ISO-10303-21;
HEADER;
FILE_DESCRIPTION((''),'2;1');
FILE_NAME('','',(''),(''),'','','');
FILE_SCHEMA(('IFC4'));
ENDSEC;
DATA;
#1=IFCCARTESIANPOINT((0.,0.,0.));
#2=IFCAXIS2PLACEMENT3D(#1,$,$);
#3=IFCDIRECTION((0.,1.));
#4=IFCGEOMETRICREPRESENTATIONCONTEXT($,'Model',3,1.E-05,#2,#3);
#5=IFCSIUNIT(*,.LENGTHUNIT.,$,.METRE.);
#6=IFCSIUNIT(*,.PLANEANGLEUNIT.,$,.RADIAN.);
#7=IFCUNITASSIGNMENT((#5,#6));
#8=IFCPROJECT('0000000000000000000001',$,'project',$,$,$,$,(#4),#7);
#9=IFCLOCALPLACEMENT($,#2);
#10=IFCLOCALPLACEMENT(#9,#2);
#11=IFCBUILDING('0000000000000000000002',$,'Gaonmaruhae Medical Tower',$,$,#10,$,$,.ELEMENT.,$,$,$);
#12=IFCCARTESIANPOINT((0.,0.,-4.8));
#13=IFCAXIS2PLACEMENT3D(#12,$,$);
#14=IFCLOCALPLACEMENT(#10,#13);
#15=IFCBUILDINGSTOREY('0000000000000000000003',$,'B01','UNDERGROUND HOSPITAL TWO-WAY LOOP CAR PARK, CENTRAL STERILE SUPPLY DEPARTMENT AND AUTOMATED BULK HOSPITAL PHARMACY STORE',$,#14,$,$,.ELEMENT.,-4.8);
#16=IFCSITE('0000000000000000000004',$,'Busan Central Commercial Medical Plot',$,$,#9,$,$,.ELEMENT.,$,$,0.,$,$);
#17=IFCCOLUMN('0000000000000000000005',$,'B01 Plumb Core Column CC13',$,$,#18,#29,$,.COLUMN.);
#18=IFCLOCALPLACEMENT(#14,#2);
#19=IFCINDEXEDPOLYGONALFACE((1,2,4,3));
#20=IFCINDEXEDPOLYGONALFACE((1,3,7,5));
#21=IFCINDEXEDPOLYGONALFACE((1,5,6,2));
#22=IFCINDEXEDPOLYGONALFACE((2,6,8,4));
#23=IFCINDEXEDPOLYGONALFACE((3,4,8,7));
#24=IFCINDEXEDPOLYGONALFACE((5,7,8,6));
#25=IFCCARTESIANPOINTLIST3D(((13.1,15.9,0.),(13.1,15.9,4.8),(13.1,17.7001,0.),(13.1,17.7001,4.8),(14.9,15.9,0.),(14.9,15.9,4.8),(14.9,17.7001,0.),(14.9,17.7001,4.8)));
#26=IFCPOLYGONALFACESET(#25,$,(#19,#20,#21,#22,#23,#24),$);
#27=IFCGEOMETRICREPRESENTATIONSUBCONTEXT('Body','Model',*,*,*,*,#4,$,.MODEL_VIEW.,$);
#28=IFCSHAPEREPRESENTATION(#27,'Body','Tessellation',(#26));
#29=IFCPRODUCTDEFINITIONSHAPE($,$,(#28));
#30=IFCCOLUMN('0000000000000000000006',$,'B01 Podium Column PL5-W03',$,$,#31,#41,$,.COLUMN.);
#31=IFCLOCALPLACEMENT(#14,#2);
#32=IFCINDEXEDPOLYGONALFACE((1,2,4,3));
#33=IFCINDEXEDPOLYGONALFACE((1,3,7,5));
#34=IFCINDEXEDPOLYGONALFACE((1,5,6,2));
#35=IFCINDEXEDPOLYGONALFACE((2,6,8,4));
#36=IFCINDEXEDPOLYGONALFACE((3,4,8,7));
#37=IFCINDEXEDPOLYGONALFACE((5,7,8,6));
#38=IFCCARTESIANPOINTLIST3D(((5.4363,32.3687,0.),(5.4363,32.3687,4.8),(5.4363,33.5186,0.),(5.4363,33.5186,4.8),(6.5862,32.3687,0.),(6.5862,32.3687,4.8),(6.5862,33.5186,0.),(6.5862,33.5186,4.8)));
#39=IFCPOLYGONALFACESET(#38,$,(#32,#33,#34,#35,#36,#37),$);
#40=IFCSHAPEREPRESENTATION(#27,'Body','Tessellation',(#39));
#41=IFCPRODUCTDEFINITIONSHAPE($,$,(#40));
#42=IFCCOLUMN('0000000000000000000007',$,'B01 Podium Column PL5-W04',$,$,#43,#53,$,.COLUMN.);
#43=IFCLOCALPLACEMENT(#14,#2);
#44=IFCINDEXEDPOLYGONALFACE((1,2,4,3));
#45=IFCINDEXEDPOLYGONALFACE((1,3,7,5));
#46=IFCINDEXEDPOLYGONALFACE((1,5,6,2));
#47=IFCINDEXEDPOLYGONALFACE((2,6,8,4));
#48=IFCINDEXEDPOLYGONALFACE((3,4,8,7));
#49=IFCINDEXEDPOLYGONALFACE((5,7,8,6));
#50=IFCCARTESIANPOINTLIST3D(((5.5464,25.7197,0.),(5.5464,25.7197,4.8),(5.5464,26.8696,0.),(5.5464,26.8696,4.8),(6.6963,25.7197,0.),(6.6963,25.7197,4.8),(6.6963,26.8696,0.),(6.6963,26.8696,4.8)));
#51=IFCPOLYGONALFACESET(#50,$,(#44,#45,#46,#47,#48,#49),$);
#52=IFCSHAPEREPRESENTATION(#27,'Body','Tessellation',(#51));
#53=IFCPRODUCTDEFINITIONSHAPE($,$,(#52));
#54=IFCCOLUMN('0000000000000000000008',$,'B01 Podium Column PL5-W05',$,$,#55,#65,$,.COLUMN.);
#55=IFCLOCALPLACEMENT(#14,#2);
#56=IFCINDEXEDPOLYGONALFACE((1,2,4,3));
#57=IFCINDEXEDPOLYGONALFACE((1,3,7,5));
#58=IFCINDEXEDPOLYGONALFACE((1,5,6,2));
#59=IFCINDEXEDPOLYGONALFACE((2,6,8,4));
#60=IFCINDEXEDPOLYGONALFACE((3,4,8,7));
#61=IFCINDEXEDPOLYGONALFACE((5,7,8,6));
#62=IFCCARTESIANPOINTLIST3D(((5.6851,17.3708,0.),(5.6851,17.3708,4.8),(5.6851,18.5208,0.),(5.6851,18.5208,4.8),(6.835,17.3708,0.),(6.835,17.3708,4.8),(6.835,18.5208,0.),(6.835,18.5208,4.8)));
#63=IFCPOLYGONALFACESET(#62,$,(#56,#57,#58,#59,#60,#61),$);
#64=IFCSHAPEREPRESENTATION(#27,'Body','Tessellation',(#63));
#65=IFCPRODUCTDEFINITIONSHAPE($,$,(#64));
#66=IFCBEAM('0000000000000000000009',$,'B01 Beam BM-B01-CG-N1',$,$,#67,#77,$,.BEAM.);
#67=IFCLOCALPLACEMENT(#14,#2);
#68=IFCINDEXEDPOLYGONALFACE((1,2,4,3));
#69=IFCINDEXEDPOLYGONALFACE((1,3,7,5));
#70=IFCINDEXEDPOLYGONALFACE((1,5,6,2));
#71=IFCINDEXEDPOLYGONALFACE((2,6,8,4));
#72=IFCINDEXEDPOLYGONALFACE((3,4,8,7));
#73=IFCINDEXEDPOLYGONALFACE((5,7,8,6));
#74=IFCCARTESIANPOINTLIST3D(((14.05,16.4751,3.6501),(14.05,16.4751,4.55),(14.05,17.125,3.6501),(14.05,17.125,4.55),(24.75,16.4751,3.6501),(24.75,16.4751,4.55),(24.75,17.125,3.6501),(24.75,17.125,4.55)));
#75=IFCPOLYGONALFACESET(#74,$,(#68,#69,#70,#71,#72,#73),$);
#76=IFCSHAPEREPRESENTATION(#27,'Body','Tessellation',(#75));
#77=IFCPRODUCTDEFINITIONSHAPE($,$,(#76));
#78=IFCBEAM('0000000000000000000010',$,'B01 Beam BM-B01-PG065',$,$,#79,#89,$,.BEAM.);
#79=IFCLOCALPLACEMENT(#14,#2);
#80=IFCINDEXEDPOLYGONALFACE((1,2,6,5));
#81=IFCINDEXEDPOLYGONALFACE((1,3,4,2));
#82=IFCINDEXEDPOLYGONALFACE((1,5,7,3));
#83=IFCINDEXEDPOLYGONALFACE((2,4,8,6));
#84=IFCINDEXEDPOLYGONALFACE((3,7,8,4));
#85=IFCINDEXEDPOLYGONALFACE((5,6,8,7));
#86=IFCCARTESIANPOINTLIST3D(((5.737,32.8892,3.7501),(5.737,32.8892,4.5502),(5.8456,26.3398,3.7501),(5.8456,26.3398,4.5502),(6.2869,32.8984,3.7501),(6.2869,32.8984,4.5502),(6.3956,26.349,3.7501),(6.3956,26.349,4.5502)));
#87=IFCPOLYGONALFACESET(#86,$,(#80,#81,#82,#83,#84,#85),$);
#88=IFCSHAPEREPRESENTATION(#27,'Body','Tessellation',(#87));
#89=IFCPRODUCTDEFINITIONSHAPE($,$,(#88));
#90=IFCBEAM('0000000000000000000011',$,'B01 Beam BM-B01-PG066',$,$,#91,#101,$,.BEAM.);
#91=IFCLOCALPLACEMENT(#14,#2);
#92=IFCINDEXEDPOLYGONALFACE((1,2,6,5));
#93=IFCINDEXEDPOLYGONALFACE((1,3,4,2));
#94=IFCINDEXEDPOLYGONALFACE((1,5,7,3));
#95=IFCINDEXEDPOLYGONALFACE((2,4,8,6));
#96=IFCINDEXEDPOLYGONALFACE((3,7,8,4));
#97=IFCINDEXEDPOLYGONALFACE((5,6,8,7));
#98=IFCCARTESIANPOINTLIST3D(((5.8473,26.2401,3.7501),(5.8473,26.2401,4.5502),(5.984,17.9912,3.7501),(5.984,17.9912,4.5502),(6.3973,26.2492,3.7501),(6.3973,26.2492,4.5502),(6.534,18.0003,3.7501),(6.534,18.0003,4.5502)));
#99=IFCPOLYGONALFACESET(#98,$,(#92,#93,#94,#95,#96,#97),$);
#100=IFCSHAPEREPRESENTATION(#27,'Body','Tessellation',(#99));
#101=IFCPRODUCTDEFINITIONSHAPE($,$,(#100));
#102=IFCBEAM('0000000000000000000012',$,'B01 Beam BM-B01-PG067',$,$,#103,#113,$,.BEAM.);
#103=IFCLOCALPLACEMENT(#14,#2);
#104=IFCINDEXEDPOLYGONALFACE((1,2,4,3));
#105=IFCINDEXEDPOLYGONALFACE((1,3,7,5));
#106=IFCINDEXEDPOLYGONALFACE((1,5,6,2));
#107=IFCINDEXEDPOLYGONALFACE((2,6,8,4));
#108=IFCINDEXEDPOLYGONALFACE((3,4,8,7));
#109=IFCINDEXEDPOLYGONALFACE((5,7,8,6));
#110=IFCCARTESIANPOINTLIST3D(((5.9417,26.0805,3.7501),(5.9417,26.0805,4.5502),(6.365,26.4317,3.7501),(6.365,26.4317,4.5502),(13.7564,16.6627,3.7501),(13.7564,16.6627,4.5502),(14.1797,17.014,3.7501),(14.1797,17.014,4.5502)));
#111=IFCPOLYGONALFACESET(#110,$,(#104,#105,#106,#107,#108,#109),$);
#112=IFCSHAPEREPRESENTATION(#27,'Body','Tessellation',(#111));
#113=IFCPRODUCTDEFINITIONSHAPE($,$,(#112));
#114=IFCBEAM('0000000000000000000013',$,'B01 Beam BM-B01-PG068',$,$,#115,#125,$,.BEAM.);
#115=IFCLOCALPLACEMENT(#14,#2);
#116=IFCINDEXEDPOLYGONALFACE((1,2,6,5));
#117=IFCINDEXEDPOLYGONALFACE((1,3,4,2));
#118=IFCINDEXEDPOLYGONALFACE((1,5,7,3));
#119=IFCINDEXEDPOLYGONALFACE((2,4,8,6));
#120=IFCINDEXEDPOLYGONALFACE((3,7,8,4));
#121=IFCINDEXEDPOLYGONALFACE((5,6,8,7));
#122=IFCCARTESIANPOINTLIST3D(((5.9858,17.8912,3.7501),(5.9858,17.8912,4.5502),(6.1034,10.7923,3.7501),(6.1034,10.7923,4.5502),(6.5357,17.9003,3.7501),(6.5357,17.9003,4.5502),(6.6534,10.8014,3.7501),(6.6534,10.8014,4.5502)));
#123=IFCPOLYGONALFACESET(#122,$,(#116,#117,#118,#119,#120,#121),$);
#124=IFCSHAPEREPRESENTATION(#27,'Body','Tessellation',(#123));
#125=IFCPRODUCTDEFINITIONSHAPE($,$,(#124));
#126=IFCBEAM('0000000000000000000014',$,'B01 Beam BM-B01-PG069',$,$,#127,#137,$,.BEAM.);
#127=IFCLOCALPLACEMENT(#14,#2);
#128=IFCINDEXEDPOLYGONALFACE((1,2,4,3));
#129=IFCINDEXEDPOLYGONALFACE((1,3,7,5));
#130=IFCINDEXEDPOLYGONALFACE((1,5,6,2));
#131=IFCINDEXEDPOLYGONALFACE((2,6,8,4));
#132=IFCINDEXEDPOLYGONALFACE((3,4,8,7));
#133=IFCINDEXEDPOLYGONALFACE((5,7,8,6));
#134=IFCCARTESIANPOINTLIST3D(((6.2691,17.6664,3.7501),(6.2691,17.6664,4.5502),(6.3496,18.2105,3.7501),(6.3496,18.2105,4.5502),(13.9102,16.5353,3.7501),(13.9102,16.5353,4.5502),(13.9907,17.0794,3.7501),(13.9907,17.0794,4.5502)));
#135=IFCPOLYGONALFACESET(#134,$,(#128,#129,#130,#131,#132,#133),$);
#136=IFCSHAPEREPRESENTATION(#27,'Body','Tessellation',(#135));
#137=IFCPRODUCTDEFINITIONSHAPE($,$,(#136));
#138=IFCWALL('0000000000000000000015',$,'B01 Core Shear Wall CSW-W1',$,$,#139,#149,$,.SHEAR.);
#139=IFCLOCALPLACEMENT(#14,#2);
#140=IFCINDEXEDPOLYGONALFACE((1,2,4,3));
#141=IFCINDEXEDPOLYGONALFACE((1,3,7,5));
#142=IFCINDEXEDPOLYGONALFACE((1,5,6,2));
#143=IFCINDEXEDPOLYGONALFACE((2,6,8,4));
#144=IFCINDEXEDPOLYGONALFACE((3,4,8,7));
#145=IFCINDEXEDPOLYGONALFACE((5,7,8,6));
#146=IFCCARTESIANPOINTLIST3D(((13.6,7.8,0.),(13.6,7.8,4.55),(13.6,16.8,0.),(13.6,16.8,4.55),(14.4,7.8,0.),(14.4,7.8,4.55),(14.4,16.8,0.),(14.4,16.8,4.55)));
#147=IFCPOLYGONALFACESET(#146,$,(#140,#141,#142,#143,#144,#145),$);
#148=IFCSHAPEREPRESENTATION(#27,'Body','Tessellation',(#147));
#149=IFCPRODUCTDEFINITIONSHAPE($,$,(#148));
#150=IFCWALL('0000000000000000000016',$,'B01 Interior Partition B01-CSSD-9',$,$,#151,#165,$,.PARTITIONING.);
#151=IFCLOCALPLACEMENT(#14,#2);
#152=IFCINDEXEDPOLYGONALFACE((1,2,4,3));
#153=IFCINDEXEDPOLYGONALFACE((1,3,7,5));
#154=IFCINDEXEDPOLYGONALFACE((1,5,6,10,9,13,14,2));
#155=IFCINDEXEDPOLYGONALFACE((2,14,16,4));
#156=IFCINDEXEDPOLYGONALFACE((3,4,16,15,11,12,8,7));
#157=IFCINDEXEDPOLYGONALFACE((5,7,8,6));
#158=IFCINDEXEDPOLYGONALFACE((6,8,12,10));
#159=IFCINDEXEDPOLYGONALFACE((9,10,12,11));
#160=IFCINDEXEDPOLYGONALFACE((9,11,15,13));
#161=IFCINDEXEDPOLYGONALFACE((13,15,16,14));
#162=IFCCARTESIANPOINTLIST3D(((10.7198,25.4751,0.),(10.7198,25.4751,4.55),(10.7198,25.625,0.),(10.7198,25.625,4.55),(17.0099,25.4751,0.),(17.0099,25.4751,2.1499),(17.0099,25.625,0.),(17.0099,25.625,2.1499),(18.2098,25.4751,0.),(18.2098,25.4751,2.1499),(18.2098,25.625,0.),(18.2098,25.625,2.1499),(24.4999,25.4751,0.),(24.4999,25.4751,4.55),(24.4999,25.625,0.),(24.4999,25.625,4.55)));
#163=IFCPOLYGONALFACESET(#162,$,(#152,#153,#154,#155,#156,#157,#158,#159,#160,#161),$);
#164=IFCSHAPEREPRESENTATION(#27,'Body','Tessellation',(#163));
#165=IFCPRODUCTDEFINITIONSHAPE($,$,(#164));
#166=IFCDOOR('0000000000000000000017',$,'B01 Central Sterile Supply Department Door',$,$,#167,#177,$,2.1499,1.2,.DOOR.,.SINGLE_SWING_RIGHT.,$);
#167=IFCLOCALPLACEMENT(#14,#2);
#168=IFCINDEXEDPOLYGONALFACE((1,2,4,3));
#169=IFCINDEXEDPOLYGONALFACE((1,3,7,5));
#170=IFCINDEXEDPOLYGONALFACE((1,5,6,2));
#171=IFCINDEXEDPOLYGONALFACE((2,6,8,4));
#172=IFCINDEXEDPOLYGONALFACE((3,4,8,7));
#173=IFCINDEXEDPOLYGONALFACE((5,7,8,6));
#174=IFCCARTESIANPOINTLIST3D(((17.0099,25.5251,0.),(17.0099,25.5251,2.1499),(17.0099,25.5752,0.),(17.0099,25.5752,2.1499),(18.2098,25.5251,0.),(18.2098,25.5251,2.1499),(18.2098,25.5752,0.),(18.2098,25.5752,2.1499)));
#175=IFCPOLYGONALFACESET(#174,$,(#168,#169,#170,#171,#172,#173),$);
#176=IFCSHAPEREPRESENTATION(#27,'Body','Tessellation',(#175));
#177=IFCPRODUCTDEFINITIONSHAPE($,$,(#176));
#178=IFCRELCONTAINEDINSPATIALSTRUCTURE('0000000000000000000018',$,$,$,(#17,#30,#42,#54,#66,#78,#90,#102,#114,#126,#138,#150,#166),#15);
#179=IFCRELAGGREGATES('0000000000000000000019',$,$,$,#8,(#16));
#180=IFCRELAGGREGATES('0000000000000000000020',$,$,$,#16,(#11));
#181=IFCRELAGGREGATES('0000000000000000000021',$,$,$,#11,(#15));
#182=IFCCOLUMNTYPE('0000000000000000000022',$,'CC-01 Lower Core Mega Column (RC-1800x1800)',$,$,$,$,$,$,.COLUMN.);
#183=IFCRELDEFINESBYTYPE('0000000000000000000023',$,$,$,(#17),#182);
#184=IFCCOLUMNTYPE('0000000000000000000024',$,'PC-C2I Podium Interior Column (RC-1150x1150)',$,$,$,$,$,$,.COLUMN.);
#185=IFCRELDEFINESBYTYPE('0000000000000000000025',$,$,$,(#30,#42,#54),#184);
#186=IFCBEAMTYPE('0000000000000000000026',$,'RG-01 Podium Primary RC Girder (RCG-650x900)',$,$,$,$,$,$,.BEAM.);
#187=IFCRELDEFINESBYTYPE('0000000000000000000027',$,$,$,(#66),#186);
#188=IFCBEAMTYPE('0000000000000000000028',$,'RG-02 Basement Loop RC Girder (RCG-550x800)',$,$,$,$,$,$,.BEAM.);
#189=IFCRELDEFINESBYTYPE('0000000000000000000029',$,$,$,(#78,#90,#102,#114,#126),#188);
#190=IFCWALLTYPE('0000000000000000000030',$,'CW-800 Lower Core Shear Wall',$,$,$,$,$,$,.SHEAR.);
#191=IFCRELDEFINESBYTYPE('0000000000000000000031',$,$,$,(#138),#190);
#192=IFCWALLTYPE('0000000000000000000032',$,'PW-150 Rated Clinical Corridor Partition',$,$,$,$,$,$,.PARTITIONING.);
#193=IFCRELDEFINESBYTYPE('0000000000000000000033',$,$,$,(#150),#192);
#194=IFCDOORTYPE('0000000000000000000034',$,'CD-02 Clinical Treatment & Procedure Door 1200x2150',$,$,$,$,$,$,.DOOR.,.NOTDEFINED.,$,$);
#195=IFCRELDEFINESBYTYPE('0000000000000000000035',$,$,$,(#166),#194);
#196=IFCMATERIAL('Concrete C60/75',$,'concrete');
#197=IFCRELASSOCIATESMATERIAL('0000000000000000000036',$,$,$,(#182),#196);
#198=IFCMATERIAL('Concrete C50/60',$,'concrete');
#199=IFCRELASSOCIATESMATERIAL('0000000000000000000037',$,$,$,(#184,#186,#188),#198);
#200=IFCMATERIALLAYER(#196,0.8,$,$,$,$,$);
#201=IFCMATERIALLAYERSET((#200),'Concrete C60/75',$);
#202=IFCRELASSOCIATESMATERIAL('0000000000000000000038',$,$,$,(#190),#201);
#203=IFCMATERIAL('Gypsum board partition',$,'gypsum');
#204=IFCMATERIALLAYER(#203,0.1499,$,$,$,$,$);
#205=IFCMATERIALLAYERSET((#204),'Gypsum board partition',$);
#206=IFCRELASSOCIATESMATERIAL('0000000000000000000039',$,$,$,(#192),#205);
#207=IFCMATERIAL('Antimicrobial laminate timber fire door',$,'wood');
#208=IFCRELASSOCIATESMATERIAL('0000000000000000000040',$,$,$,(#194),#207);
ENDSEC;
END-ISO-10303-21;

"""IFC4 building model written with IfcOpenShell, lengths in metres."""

from ifc_helpers import new_model, si_unit, direction, frame, frame_2d, origin, origin_2d, place, context, subcontext, project, spatial, rectangle, extrude, material, layer, layer_set, material_profile, profile_set, type_object, element, fill, save


model = new_model("IFC4")

# Units and contexts
model_context = context("Model", 3, precision=1e-05, world=origin(), true_north=direction((0.0, 1.0)))
body_context = subcontext(model_context, "Body", "Model", "MODEL_VIEW")
ifc_project = project(units=[si_unit("LENGTHUNIT", "METRE"), si_unit("PLANEANGLEUNIT", "RADIAN")], contexts=[model_context])

# Site, building, storey
site_placement = place(None, origin())
site = spatial("IfcSite", under=ifc_project, at=site_placement, Name="Busan Central Commercial Medical Plot", CompositionType="ELEMENT", RefElevation=0.0)
building_placement = place(site_placement, origin())
building = spatial("IfcBuilding", under=site, at=building_placement, Name="Gaonmaruhae Medical Tower", CompositionType="ELEMENT")
storey_placement = place(building_placement, frame((0.0, 0.0, -4.8)))
storey = spatial("IfcBuildingStorey", under=building, at=storey_placement, Name="B01", Description="UNDERGROUND HOSPITAL TWO-WAY LOOP CAR PARK, CENTRAL STERILE SUPPLY DEPARTMENT AND AUTOMATED BULK HOSPITAL PHARMACY STORE", CompositionType="ELEMENT", Elevation=-4.8)

# Columns
ifc_material_1 = material(Name="Concrete C60/75", Category="concrete")
ifc_material_profile_1 = material_profile(ifc_material_1, rectangle(XDim=1.8, YDim=1.8, at=origin_2d()), Name="RC-1800x1800")
ifc_profile_set_1 = profile_set([ifc_material_profile_1], Name="Concrete C60/75")
column_type_1 = type_object("IfcColumnType", Name="CC-01 Lower Core Mega Column (RC-1800x1800)", PredefinedType="COLUMN", material=ifc_profile_set_1)
column_placement = place(storey_placement, frame((14.0, 16.8, 0.0), z_axis=(0.0, 0.0, 1.0), x_axis=(1.0, 0.0, 0.0)))
element("IfcColumn", 1, at=column_placement, inside=storey, type_object=column_type_1, Name="B01 Plumb Core Column CC13", PredefinedType="COLUMN", context=body_context, shape_type="SweptSolid", body=[
    extrude(rectangle(XDim=1.8, YDim=1.8, at=origin_2d()), origin(), (0.0, 0.0, 1.0), 4.8),
])
ifc_material_2 = material(Name="Concrete C50/60", Category="concrete")
ifc_material_profile_2 = material_profile(ifc_material_2, rectangle(XDim=1.1499, YDim=1.1499, at=origin_2d()), Name="RC-1150x1150")
ifc_profile_set_2 = profile_set([ifc_material_profile_2], Name="Concrete C50/60")
column_type_2 = type_object("IfcColumnType", Name="PC-C2I Podium Interior Column (RC-1150x1150)", PredefinedType="COLUMN", material=ifc_profile_set_2)
for number, where, z_axis, x_axis, name in (
    (2, (6.0112, 32.9436, 0.0), (0.0, 0.0, 1.0), (1.0, 0.0, 0.0), "B01 Podium Column PL5-W03"),
    (3, (6.1213, 26.2947, 0.0), (0.0, 0.0, 1.0), (1.0, 0.0, 0.0), "B01 Podium Column PL5-W04"),
    (4, (6.26, 17.9458, 0.0), (0.0, 0.0, 1.0), (1.0, 0.0, 0.0), "B01 Podium Column PL5-W05"),
):
    element("IfcColumn", number, at=place(storey_placement, frame(where, z_axis=z_axis, x_axis=x_axis)), inside=storey, type_object=column_type_2, Name=name, PredefinedType="COLUMN", context=body_context, shape_type="SweptSolid", body=[
        extrude(rectangle(XDim=1.1499, YDim=1.1499, at=origin_2d()), origin(), (0.0, 0.0, 1.0), 4.8),
    ])

# Beams
ifc_material_profile_3 = material_profile(ifc_material_2, rectangle(XDim=0.6499, YDim=0.8999, at=origin_2d()), Name="RCG-650x900")
ifc_profile_set_3 = profile_set([ifc_material_profile_3], Name="Concrete C50/60")
beam_type_1 = type_object("IfcBeamType", Name="RG-01 Podium Primary RC Girder (RCG-650x900)", PredefinedType="BEAM", material=ifc_profile_set_3)
beam_1_placement = place(storey_placement, frame((14.05, 16.8, 4.1001), z_axis=(1.0, 0.0, 0.0), x_axis=(0.0, 1.0, 0.0)))
element("IfcBeam", 5, at=beam_1_placement, inside=storey, type_object=beam_type_1, Name="B01 Beam BM-B01-CG-N1", PredefinedType="BEAM", context=body_context, shape_type="SweptSolid", body=[
    extrude(rectangle(XDim=0.6499, YDim=0.8999, at=origin_2d()), origin(), (0.0, 0.0, 1.0), 10.7),
])
ifc_material_profile_4 = material_profile(ifc_material_2, rectangle(XDim=0.55, YDim=0.8, at=origin_2d()), Name="RCG-550x800")
ifc_profile_set_4 = profile_set([ifc_material_profile_4], Name="Concrete C50/60")
beam_type_2 = type_object("IfcBeamType", Name="RG-02 Basement Loop RC Girder (RCG-550x800)", PredefinedType="BEAM", material=ifc_profile_set_4)
beam_2_placement = place(storey_placement, frame((6.012, 32.8938, 4.1501), z_axis=(0.016586, -0.999862, 0.0), x_axis=(0.999862, 0.016586, 0.0)))
element("IfcBeam", 6, at=beam_2_placement, inside=storey, type_object=beam_type_2, Name="B01 Beam BM-B01-PG065", PredefinedType="BEAM", context=body_context, shape_type="SweptSolid", body=[
    extrude(rectangle(XDim=0.55, YDim=0.8, at=origin_2d()), origin(), (0.0, 0.0, 1.0), 6.5503),
])
beam_3_placement = place(storey_placement, frame((6.1223, 26.2446, 4.1501), z_axis=(0.016572, -0.999863, 0.0), x_axis=(0.999863, 0.016572, 0.0)))
element("IfcBeam", 7, at=beam_3_placement, inside=storey, type_object=beam_type_2, Name="B01 Beam BM-B01-PG066", PredefinedType="BEAM", context=body_context, shape_type="SweptSolid", body=[
    extrude(rectangle(XDim=0.55, YDim=0.8, at=origin_2d()), origin(), (0.0, 0.0, 1.0), 8.25),
])
beam_4_placement = place(storey_placement, frame((6.1533, 26.2561, 4.1501), z_axis=(0.638572, -0.769562, 0.0), x_axis=(0.769562, 0.638572, 0.0)))
element("IfcBeam", 8, at=beam_4_placement, inside=storey, type_object=beam_type_2, Name="B01 Beam BM-B01-PG067", PredefinedType="BEAM", context=body_context, shape_type="SweptSolid", body=[
    extrude(rectangle(XDim=0.55, YDim=0.8, at=origin_2d()), origin(), (0.0, 0.0, 1.0), 12.2378),
])
beam_5_placement = place(storey_placement, frame((6.2607, 17.8958, 4.1501), z_axis=(0.016574, -0.999863, 0.0), x_axis=(0.999863, 0.016574, 0.0)))
element("IfcBeam", 9, at=beam_5_placement, inside=storey, type_object=beam_type_2, Name="B01 Beam BM-B01-PG068", PredefinedType="BEAM", context=body_context, shape_type="SweptSolid", body=[
    extrude(rectangle(XDim=0.55, YDim=0.8, at=origin_2d()), origin(), (0.0, 0.0, 1.0), 7.0999),
])
beam_6_placement = place(storey_placement, frame((6.3093, 17.9385, 4.1501), z_axis=(0.989221, -0.146433, 0.0), x_axis=(0.146433, 0.989221, 0.0)))
element("IfcBeam", 10, at=beam_6_placement, inside=storey, type_object=beam_type_2, Name="B01 Beam BM-B01-PG069", PredefinedType="BEAM", context=body_context, shape_type="SweptSolid", body=[
    extrude(rectangle(XDim=0.55, YDim=0.8, at=origin_2d()), origin(), (0.0, 0.0, 1.0), 7.7244),
])

# Wall
ifc_layer_1 = layer(ifc_material_1, 0.8)
ifc_layer_set_1 = layer_set([ifc_layer_1], Name="Concrete C60/75")
wall_type_1 = type_object("IfcWallType", Name="CW-800 Lower Core Shear Wall", PredefinedType="SHEAR", material=ifc_layer_set_1)
wall_1_placement = place(storey_placement, frame((14.0, 16.8, 0.0), z_axis=(0.0, 0.0, 1.0), x_axis=(0.0, -1.0, 0.0)))
element("IfcWall", 11, at=wall_1_placement, inside=storey, type_object=wall_type_1, Name="B01 Core Shear Wall CSW-W1", PredefinedType="SHEAR", context=body_context, shape_type="SweptSolid", body=[
    extrude(rectangle(XDim=9.0, YDim=0.8, at=frame_2d((4.5, 0.0))), origin(), (0.0, 0.0, 1.0), 4.55),
])

# Wall, opening, door
ifc_material_3 = material(Name="Gypsum board partition", Category="gypsum")
ifc_layer_2 = layer(ifc_material_3, 0.1499)
ifc_layer_set_2 = layer_set([ifc_layer_2], Name="Gypsum board partition")
wall_type_2 = type_object("IfcWallType", Name="PW-150 Rated Clinical Corridor Partition", PredefinedType="PARTITIONING", material=ifc_layer_set_2)
wall_2_placement = place(storey_placement, frame((24.5, 25.55, 0.0), z_axis=(0.0, 0.0, 1.0), x_axis=(-1.0, 0.0, 0.0)))
wall_2 = element("IfcWall", 12, at=wall_2_placement, inside=storey, type_object=wall_type_2, Name="B01 Interior Partition B01-CSSD-9", PredefinedType="PARTITIONING", context=body_context, shape_type="SweptSolid", body=[
    extrude(rectangle(XDim=13.78, YDim=0.1499, at=frame_2d((6.8901, 0.0))), origin(), (0.0, 0.0, 1.0), 4.55),
])
opening_1_placement = place(wall_2_placement, frame((6.29, 0.0, 0.0)))
opening_1 = element("IfcOpeningElement", 13, at=opening_1_placement, cuts=wall_2, PredefinedType="OPENING", context=body_context, shape_type="SweptSolid", body=[
    extrude(rectangle(XDim=1.2, YDim=2.1499, at=frame_2d((0.6001, 1.075))), frame((0.0, 0.085, 0.0), z_axis=(0.0, -1.0, 0.0), x_axis=(1.0, 0.0, 0.0)), (0.0, 0.0, 1.0), 0.1699),
])
ifc_material_4 = material(Name="Antimicrobial laminate timber fire door", Category="wood")
door_type_1 = type_object("IfcDoorType", Name="CD-02 Clinical Treatment & Procedure Door 1200x2150", OperationType="NOTDEFINED", PredefinedType="DOOR", material=ifc_material_4)
door_1_placement = place(opening_1_placement, origin())
door_1 = element("IfcDoor", 14, at=door_1_placement, inside=storey, type_object=door_type_1, Name="B01 Central Sterile Supply Department Door", OperationType="SINGLE_SWING_RIGHT", OverallHeight=2.1499, OverallWidth=1.2, PredefinedType="DOOR", context=body_context, shape_type="SweptSolid", body=[
    extrude(rectangle(XDim=1.2, YDim=2.1499, at=frame_2d((0.6001, 1.075))), frame((0.0, 0.0249, 0.0), z_axis=(0.0, -1.0, 0.0), x_axis=(1.0, 0.0, 0.0)), (0.0, 0.0, 1.0), 0.05),
])
fill(opening_1, door_1)

save(model, "model.ifc")
